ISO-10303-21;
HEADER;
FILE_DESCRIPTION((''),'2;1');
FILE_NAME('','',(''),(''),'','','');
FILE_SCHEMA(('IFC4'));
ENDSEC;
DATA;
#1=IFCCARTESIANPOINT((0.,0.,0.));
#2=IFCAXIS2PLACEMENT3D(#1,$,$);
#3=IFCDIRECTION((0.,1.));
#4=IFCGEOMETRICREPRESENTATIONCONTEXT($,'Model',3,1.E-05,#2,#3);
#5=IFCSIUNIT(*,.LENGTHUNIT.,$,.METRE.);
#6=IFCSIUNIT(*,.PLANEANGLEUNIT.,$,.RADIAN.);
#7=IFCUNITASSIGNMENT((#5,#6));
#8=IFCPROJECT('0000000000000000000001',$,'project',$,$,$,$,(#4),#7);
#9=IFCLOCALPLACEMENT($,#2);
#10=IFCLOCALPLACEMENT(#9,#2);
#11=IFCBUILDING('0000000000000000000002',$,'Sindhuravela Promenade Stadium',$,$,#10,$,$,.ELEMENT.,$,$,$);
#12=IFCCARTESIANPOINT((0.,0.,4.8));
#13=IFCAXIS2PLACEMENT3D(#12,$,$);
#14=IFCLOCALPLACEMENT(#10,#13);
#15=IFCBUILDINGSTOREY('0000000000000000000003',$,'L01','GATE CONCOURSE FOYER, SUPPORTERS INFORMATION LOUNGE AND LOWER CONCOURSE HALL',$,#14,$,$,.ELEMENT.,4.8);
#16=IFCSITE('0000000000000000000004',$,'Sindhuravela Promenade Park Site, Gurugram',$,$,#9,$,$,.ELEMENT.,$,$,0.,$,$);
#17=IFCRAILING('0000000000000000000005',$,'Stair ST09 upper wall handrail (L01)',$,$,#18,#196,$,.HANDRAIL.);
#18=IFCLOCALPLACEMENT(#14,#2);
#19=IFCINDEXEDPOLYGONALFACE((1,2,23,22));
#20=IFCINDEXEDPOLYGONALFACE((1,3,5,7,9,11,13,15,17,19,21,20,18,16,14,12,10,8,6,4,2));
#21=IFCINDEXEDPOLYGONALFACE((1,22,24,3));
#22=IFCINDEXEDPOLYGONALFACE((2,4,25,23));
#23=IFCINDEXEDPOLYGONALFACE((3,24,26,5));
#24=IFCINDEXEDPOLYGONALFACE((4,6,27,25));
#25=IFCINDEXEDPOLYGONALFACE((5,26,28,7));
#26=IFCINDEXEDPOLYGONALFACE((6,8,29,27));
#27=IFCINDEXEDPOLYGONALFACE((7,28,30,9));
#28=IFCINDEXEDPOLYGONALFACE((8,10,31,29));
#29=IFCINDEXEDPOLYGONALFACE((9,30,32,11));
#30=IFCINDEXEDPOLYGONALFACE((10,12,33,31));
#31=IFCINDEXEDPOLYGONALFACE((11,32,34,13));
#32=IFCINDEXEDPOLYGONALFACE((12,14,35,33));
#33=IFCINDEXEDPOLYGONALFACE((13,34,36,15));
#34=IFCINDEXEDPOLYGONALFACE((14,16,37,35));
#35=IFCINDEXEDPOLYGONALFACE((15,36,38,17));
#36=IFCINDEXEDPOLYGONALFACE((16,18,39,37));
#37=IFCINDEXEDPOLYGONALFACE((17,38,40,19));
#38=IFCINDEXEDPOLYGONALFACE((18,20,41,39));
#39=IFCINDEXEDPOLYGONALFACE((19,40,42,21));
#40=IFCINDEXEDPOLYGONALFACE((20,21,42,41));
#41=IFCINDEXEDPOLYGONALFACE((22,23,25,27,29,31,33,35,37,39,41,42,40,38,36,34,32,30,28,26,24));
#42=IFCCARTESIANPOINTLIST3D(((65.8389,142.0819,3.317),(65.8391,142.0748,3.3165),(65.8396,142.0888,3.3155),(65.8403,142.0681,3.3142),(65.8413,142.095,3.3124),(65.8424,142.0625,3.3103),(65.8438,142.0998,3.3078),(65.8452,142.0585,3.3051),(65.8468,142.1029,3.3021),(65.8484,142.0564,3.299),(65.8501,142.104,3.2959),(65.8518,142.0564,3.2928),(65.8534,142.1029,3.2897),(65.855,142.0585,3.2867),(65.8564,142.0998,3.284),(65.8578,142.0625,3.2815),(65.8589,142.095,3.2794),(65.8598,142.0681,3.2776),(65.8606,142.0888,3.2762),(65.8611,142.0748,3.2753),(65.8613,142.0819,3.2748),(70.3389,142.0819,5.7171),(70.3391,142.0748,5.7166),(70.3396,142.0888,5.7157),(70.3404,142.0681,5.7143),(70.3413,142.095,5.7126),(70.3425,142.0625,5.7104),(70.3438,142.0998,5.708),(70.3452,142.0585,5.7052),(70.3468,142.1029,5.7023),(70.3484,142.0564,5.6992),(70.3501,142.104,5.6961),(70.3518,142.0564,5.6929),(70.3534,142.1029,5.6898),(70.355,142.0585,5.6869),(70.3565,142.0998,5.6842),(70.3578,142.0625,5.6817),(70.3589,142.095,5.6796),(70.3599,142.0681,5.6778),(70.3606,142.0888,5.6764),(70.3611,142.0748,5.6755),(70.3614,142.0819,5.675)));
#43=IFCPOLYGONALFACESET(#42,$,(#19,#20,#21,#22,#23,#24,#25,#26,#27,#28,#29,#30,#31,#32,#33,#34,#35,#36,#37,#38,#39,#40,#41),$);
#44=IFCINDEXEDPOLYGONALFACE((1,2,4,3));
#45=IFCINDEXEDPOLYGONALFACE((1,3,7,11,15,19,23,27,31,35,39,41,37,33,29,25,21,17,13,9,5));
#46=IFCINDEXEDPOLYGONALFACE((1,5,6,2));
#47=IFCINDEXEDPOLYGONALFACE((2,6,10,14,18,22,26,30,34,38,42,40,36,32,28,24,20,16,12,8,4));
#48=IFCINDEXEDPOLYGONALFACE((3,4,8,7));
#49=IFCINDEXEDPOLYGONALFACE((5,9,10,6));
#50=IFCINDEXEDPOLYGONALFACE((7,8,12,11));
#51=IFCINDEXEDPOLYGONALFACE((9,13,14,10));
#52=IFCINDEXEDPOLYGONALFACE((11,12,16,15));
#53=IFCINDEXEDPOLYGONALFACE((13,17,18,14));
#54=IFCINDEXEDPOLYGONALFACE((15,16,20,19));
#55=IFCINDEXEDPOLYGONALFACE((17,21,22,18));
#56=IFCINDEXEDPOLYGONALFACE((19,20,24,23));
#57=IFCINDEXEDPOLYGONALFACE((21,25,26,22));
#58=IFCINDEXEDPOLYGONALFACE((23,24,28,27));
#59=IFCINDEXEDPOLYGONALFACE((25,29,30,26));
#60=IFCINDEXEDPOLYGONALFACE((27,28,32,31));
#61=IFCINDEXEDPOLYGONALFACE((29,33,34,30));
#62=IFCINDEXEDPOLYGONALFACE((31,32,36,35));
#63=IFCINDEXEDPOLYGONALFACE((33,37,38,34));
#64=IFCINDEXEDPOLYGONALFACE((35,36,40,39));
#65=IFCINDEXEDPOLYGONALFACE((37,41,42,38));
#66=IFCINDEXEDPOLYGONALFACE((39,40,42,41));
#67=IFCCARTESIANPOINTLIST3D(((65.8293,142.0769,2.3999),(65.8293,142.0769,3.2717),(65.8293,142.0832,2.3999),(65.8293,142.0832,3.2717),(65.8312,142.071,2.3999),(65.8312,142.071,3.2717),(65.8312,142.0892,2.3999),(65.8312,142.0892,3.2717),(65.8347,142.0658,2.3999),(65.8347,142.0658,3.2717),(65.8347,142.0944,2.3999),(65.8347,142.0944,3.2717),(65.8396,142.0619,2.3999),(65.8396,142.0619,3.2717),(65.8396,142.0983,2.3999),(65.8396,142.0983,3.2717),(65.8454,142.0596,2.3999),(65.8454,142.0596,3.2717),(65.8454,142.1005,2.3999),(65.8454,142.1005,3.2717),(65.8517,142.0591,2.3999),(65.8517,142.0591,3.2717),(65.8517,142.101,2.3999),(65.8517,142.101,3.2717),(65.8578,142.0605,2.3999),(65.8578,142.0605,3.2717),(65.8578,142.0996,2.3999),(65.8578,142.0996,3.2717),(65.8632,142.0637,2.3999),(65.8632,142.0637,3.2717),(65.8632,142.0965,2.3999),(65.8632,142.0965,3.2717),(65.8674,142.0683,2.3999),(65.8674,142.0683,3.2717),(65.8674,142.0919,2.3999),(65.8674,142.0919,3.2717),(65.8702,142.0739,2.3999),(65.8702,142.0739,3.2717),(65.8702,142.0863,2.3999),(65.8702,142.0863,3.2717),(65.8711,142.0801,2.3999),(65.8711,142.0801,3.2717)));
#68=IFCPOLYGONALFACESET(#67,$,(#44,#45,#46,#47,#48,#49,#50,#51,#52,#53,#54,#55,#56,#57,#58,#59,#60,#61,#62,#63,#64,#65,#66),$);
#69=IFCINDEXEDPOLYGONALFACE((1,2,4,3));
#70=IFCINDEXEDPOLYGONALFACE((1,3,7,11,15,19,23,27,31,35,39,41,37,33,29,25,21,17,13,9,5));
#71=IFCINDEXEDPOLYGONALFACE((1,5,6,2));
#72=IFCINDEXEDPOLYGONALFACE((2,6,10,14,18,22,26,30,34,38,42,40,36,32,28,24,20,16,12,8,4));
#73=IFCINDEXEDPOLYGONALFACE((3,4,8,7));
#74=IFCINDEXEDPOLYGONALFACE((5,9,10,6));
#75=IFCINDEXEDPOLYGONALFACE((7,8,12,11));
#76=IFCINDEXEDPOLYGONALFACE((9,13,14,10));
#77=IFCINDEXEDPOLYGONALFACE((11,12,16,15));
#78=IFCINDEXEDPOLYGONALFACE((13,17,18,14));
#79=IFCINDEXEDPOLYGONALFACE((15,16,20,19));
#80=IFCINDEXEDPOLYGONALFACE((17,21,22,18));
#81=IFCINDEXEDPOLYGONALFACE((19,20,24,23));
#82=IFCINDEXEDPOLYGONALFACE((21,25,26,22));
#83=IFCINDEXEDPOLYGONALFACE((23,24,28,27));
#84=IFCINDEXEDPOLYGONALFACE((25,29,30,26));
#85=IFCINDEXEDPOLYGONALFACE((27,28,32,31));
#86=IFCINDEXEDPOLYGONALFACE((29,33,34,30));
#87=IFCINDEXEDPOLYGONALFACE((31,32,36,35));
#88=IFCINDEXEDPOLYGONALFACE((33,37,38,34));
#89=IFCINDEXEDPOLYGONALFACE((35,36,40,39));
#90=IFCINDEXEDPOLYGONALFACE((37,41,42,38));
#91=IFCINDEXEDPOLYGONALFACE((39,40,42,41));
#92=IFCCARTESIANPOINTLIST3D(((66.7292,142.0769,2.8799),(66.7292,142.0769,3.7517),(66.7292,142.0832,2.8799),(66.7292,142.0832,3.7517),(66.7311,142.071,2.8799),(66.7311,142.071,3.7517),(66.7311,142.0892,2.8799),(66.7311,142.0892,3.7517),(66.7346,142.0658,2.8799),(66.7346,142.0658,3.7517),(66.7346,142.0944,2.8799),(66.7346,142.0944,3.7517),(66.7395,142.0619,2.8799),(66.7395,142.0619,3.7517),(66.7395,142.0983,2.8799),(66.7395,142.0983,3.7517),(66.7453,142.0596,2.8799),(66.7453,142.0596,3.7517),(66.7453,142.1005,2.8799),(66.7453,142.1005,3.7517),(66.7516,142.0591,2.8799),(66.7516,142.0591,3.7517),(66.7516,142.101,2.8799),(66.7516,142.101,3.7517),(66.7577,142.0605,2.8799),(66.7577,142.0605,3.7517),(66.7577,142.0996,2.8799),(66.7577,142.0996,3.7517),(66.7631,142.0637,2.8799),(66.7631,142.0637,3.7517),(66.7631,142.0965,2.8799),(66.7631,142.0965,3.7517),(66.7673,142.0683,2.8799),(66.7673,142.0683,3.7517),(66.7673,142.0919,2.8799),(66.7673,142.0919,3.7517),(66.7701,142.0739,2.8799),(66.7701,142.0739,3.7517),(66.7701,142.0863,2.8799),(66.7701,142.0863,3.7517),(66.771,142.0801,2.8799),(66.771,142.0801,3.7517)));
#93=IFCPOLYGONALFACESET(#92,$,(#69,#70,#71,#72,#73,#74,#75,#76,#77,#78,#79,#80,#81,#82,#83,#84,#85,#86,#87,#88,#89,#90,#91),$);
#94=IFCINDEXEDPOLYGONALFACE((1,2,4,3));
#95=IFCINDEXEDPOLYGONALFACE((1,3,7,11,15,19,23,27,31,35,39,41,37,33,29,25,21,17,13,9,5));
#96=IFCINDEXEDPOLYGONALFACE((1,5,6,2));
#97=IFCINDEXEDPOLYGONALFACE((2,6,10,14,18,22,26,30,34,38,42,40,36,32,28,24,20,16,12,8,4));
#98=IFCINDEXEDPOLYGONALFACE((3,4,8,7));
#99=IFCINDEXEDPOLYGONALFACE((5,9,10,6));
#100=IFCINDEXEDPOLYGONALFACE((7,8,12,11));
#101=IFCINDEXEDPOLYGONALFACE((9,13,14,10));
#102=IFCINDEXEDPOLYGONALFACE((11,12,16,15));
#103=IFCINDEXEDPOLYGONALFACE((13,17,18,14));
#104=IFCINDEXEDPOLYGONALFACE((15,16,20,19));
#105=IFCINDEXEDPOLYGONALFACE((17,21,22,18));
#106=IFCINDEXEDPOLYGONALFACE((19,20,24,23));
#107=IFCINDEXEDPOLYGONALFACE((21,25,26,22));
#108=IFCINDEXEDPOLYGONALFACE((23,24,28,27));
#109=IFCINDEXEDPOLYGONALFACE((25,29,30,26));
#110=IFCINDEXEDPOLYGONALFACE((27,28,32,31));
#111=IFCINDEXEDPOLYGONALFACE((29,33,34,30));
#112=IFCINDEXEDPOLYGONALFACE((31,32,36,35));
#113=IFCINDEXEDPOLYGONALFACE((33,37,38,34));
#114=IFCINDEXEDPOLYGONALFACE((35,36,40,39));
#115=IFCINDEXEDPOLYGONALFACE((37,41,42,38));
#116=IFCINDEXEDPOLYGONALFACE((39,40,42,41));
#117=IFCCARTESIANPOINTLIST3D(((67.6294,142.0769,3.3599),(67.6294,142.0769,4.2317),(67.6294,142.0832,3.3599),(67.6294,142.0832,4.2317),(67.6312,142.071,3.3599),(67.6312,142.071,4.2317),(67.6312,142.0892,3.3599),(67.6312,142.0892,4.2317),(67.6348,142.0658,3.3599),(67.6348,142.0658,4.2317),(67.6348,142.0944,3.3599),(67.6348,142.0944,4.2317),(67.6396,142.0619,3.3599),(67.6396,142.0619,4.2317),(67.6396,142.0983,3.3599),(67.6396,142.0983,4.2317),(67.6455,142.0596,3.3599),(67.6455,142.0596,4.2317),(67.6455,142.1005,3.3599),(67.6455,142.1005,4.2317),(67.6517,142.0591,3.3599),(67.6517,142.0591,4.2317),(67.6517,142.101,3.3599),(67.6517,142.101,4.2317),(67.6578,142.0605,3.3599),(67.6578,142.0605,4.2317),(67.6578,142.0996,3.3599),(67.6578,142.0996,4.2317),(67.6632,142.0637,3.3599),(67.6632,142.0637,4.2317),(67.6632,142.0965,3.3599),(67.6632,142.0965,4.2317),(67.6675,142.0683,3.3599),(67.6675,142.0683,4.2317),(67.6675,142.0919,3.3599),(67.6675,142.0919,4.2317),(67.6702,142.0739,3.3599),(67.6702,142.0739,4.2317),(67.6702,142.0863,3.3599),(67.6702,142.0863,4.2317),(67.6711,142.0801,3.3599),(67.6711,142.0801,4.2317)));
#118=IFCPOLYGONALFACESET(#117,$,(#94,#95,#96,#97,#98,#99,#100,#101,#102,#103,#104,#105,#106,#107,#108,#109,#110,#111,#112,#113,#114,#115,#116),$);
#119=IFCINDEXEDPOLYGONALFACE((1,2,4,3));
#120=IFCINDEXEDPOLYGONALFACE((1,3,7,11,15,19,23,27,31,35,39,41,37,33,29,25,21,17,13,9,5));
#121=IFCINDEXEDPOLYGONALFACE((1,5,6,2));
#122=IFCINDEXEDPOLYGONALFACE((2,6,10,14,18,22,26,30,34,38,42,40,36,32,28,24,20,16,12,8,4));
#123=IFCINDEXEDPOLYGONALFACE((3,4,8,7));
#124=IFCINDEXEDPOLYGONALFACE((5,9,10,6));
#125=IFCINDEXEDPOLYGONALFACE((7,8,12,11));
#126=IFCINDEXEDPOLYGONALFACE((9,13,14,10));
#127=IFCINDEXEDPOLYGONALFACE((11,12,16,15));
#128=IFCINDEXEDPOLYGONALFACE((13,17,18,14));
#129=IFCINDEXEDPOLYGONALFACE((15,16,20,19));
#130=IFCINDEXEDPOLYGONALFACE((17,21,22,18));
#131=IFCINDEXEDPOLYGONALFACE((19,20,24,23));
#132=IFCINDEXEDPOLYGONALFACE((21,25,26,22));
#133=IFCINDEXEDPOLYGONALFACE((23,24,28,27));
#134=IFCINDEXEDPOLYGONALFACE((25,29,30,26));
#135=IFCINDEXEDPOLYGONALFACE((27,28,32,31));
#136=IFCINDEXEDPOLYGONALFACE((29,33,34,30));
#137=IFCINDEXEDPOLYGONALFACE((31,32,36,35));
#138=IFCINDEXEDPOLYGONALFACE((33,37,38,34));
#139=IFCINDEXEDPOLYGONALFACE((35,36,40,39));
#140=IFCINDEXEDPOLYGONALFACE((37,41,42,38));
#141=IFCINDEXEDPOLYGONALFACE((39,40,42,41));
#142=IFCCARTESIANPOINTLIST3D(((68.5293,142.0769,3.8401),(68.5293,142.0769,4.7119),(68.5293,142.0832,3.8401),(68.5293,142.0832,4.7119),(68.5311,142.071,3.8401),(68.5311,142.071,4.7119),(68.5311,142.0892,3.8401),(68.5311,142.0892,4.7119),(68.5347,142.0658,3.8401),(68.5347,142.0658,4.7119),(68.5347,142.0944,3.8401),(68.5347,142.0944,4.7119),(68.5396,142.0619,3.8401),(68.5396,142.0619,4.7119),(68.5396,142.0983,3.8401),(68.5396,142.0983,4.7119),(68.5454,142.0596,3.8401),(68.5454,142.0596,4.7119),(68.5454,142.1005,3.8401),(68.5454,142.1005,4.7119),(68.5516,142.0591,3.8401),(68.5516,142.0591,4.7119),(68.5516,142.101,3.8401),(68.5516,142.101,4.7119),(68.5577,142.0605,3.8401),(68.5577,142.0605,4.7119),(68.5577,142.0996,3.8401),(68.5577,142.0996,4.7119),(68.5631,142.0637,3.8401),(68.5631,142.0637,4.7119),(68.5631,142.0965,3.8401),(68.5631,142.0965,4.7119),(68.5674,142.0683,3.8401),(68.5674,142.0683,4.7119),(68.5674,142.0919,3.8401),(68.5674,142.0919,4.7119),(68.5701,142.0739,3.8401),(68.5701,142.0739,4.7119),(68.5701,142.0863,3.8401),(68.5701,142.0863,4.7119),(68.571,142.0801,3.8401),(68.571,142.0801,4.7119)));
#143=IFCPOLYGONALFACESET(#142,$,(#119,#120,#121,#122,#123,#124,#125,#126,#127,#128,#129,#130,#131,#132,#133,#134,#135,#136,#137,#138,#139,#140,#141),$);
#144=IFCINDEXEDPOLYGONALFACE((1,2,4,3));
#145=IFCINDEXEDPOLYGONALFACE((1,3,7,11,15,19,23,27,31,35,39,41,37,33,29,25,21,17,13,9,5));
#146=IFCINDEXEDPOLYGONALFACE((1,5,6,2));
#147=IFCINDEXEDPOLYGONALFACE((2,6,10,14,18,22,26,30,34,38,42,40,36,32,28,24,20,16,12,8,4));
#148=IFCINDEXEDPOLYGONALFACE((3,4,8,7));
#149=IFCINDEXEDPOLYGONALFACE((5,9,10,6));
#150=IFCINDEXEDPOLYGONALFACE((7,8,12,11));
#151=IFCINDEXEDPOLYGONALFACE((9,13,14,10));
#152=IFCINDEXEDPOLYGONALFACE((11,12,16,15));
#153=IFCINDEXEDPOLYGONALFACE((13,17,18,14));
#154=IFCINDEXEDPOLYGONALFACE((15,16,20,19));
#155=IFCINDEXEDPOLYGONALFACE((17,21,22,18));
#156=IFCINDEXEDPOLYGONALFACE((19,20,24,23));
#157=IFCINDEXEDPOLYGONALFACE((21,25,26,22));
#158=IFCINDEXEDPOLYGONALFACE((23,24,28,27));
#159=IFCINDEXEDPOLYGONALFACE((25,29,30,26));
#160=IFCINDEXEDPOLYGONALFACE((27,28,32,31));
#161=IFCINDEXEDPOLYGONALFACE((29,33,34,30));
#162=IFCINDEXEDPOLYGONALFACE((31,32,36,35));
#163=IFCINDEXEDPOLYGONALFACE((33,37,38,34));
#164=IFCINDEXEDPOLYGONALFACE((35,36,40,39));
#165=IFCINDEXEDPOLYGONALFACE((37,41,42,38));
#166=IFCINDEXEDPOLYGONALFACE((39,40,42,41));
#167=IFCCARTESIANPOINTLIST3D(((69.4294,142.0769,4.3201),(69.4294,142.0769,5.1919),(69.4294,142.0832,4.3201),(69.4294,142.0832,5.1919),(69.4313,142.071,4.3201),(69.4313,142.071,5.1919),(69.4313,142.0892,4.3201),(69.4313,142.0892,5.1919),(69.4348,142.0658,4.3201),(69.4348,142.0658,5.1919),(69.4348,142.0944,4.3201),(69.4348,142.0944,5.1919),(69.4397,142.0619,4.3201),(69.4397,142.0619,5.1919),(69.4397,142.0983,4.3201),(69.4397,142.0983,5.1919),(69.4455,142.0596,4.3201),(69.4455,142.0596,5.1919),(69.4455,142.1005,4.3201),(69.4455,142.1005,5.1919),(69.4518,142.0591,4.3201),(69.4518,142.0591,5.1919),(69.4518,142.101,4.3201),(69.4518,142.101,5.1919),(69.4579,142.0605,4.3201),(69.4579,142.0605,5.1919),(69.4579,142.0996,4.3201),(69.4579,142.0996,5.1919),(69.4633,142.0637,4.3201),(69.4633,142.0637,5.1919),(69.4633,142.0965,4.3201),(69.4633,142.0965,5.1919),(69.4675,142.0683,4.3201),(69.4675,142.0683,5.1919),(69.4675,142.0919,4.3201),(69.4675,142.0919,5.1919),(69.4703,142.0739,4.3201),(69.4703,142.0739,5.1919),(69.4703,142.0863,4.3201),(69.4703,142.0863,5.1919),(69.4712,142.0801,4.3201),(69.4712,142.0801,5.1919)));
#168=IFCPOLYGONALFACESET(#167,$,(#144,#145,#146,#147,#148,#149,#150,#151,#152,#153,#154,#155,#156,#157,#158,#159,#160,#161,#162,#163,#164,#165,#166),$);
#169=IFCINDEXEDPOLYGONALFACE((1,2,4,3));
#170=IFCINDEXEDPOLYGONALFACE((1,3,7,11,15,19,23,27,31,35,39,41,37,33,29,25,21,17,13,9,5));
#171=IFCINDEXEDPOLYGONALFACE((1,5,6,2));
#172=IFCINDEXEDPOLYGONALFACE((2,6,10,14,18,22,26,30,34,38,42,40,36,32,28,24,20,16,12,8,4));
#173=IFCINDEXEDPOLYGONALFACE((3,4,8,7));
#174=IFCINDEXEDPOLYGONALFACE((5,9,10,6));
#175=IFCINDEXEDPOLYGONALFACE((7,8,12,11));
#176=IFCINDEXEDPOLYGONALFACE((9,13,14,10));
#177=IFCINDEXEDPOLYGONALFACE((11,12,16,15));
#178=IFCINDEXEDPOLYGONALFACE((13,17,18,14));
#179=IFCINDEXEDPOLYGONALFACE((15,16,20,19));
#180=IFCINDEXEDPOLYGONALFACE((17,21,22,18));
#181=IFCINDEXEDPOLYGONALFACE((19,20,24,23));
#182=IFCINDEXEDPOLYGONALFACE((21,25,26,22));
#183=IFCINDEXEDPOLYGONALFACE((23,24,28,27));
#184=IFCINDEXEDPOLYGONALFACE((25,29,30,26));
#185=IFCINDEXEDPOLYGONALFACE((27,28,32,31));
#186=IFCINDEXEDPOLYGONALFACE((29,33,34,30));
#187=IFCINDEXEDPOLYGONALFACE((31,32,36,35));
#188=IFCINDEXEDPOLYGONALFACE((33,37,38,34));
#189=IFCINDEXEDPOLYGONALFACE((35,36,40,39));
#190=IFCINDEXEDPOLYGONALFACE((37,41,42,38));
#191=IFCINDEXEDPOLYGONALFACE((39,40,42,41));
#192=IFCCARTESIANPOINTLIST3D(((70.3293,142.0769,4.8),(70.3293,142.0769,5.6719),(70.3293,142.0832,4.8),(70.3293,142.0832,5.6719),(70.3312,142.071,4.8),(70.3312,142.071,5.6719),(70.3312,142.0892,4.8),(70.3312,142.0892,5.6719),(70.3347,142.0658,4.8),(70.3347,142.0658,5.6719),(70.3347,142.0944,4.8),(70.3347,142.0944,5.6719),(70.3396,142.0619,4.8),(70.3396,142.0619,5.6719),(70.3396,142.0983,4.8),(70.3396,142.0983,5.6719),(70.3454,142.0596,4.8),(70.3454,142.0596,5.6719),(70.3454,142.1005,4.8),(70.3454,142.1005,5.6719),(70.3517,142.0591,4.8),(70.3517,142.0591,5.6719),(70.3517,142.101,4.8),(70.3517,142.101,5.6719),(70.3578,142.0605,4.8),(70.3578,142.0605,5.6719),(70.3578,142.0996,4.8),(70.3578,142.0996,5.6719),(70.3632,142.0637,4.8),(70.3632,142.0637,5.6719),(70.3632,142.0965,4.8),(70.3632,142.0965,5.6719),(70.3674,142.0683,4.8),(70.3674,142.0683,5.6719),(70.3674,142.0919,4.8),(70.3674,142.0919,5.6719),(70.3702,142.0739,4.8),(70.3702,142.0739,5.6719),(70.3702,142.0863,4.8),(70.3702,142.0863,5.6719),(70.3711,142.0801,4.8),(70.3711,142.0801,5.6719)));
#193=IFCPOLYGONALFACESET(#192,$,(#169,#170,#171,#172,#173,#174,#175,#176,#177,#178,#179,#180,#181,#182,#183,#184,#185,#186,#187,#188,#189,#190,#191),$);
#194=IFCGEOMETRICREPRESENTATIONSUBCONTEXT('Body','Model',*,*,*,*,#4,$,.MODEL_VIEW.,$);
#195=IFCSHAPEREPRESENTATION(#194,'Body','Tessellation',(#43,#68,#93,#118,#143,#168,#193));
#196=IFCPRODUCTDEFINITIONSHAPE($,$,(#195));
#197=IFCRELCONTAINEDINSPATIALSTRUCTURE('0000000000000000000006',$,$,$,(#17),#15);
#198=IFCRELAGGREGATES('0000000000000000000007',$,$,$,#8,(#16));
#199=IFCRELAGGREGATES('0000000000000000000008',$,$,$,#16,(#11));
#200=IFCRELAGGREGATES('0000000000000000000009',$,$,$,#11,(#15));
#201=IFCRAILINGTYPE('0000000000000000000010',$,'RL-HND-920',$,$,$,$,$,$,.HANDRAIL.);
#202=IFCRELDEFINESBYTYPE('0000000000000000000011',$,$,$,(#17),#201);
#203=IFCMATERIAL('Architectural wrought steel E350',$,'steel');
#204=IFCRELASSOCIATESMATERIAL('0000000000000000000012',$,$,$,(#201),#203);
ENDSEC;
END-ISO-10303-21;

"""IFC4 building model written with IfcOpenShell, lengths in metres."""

from ifc_helpers import new_model, si_unit, direction, frame, origin, origin_2d, place, context, subcontext, project, spatial, circle, extrude, material, type_object, element, save


model = new_model("IFC4")

# Units and contexts
model_context = context("Model", 3, precision=1e-05, world=origin(), true_north=direction((0.0, 1.0)))
body_context = subcontext(model_context, "Body", "Model", "MODEL_VIEW")
ifc_project = project(units=[si_unit("LENGTHUNIT", "METRE"), si_unit("PLANEANGLEUNIT", "RADIAN")], contexts=[model_context])

# Site, building, storey
site_placement = place(None, origin())
site = spatial("IfcSite", under=ifc_project, at=site_placement, Name="Sindhuravela Promenade Park Site, Gurugram", CompositionType="ELEMENT", RefElevation=0.0)
building_placement = place(site_placement, origin())
building = spatial("IfcBuilding", under=site, at=building_placement, Name="Sindhuravela Promenade Stadium", CompositionType="ELEMENT")
storey_placement = place(building_placement, frame((0.0, 0.0, 4.8)))
storey = spatial("IfcBuildingStorey", under=building, at=storey_placement, Name="L01", Description="GATE CONCOURSE FOYER, SUPPORTERS INFORMATION LOUNGE AND LOWER CONCOURSE HALL", CompositionType="ELEMENT", Elevation=4.8)

# Shared definitions
ifc_material_1 = material(Name="Architectural wrought steel E350", Category="steel")

# Railing
railing_type_1 = type_object("IfcRailingType", Name="RL-HND-920", PredefinedType="HANDRAIL", material=ifc_material_1)
railing_1_placement = place(storey_placement, frame((65.8501, 142.0801, 2.3999)))
element("IfcRailing", 1, at=railing_1_placement, inside=storey, type_object=railing_type_1, Name="Stair ST09 upper wall handrail (L01)", PredefinedType="HANDRAIL", context=body_context, shape_type="SweptSolid", body=[
    extrude(circle(Radius=0.0239, at=origin_2d()), frame((0.0, 0.0, 0.896), z_axis=(0.882341, 0.0, 0.470611), x_axis=(0.0, 1.0, 0.0)), (0.0, 0.0, 1.0), 5.1001),
    extrude(circle(Radius=0.021, at=origin_2d()), origin(), (0.0, 0.0, 1.0), 0.8718),
    extrude(circle(Radius=0.021, at=origin_2d()), frame((0.8999, 0.0, 0.48)), (0.0, 0.0, 1.0), 0.8718),
    extrude(circle(Radius=0.021, at=origin_2d()), frame((1.8, 0.0, 0.96)), (0.0, 0.0, 1.0), 0.8718),
    extrude(circle(Radius=0.021, at=origin_2d()), frame((2.7, 0.0, 1.4402)), (0.0, 0.0, 1.0), 0.8718),
    extrude(circle(Radius=0.021, at=origin_2d()), frame((3.6001, 0.0, 1.9202)), (0.0, 0.0, 1.0), 0.8718),
    extrude(circle(Radius=0.021, at=origin_2d()), frame((4.5, 0.0, 2.4001)), (0.0, 0.0, 1.0), 0.8718),
])

save(model, "model.ifc")
